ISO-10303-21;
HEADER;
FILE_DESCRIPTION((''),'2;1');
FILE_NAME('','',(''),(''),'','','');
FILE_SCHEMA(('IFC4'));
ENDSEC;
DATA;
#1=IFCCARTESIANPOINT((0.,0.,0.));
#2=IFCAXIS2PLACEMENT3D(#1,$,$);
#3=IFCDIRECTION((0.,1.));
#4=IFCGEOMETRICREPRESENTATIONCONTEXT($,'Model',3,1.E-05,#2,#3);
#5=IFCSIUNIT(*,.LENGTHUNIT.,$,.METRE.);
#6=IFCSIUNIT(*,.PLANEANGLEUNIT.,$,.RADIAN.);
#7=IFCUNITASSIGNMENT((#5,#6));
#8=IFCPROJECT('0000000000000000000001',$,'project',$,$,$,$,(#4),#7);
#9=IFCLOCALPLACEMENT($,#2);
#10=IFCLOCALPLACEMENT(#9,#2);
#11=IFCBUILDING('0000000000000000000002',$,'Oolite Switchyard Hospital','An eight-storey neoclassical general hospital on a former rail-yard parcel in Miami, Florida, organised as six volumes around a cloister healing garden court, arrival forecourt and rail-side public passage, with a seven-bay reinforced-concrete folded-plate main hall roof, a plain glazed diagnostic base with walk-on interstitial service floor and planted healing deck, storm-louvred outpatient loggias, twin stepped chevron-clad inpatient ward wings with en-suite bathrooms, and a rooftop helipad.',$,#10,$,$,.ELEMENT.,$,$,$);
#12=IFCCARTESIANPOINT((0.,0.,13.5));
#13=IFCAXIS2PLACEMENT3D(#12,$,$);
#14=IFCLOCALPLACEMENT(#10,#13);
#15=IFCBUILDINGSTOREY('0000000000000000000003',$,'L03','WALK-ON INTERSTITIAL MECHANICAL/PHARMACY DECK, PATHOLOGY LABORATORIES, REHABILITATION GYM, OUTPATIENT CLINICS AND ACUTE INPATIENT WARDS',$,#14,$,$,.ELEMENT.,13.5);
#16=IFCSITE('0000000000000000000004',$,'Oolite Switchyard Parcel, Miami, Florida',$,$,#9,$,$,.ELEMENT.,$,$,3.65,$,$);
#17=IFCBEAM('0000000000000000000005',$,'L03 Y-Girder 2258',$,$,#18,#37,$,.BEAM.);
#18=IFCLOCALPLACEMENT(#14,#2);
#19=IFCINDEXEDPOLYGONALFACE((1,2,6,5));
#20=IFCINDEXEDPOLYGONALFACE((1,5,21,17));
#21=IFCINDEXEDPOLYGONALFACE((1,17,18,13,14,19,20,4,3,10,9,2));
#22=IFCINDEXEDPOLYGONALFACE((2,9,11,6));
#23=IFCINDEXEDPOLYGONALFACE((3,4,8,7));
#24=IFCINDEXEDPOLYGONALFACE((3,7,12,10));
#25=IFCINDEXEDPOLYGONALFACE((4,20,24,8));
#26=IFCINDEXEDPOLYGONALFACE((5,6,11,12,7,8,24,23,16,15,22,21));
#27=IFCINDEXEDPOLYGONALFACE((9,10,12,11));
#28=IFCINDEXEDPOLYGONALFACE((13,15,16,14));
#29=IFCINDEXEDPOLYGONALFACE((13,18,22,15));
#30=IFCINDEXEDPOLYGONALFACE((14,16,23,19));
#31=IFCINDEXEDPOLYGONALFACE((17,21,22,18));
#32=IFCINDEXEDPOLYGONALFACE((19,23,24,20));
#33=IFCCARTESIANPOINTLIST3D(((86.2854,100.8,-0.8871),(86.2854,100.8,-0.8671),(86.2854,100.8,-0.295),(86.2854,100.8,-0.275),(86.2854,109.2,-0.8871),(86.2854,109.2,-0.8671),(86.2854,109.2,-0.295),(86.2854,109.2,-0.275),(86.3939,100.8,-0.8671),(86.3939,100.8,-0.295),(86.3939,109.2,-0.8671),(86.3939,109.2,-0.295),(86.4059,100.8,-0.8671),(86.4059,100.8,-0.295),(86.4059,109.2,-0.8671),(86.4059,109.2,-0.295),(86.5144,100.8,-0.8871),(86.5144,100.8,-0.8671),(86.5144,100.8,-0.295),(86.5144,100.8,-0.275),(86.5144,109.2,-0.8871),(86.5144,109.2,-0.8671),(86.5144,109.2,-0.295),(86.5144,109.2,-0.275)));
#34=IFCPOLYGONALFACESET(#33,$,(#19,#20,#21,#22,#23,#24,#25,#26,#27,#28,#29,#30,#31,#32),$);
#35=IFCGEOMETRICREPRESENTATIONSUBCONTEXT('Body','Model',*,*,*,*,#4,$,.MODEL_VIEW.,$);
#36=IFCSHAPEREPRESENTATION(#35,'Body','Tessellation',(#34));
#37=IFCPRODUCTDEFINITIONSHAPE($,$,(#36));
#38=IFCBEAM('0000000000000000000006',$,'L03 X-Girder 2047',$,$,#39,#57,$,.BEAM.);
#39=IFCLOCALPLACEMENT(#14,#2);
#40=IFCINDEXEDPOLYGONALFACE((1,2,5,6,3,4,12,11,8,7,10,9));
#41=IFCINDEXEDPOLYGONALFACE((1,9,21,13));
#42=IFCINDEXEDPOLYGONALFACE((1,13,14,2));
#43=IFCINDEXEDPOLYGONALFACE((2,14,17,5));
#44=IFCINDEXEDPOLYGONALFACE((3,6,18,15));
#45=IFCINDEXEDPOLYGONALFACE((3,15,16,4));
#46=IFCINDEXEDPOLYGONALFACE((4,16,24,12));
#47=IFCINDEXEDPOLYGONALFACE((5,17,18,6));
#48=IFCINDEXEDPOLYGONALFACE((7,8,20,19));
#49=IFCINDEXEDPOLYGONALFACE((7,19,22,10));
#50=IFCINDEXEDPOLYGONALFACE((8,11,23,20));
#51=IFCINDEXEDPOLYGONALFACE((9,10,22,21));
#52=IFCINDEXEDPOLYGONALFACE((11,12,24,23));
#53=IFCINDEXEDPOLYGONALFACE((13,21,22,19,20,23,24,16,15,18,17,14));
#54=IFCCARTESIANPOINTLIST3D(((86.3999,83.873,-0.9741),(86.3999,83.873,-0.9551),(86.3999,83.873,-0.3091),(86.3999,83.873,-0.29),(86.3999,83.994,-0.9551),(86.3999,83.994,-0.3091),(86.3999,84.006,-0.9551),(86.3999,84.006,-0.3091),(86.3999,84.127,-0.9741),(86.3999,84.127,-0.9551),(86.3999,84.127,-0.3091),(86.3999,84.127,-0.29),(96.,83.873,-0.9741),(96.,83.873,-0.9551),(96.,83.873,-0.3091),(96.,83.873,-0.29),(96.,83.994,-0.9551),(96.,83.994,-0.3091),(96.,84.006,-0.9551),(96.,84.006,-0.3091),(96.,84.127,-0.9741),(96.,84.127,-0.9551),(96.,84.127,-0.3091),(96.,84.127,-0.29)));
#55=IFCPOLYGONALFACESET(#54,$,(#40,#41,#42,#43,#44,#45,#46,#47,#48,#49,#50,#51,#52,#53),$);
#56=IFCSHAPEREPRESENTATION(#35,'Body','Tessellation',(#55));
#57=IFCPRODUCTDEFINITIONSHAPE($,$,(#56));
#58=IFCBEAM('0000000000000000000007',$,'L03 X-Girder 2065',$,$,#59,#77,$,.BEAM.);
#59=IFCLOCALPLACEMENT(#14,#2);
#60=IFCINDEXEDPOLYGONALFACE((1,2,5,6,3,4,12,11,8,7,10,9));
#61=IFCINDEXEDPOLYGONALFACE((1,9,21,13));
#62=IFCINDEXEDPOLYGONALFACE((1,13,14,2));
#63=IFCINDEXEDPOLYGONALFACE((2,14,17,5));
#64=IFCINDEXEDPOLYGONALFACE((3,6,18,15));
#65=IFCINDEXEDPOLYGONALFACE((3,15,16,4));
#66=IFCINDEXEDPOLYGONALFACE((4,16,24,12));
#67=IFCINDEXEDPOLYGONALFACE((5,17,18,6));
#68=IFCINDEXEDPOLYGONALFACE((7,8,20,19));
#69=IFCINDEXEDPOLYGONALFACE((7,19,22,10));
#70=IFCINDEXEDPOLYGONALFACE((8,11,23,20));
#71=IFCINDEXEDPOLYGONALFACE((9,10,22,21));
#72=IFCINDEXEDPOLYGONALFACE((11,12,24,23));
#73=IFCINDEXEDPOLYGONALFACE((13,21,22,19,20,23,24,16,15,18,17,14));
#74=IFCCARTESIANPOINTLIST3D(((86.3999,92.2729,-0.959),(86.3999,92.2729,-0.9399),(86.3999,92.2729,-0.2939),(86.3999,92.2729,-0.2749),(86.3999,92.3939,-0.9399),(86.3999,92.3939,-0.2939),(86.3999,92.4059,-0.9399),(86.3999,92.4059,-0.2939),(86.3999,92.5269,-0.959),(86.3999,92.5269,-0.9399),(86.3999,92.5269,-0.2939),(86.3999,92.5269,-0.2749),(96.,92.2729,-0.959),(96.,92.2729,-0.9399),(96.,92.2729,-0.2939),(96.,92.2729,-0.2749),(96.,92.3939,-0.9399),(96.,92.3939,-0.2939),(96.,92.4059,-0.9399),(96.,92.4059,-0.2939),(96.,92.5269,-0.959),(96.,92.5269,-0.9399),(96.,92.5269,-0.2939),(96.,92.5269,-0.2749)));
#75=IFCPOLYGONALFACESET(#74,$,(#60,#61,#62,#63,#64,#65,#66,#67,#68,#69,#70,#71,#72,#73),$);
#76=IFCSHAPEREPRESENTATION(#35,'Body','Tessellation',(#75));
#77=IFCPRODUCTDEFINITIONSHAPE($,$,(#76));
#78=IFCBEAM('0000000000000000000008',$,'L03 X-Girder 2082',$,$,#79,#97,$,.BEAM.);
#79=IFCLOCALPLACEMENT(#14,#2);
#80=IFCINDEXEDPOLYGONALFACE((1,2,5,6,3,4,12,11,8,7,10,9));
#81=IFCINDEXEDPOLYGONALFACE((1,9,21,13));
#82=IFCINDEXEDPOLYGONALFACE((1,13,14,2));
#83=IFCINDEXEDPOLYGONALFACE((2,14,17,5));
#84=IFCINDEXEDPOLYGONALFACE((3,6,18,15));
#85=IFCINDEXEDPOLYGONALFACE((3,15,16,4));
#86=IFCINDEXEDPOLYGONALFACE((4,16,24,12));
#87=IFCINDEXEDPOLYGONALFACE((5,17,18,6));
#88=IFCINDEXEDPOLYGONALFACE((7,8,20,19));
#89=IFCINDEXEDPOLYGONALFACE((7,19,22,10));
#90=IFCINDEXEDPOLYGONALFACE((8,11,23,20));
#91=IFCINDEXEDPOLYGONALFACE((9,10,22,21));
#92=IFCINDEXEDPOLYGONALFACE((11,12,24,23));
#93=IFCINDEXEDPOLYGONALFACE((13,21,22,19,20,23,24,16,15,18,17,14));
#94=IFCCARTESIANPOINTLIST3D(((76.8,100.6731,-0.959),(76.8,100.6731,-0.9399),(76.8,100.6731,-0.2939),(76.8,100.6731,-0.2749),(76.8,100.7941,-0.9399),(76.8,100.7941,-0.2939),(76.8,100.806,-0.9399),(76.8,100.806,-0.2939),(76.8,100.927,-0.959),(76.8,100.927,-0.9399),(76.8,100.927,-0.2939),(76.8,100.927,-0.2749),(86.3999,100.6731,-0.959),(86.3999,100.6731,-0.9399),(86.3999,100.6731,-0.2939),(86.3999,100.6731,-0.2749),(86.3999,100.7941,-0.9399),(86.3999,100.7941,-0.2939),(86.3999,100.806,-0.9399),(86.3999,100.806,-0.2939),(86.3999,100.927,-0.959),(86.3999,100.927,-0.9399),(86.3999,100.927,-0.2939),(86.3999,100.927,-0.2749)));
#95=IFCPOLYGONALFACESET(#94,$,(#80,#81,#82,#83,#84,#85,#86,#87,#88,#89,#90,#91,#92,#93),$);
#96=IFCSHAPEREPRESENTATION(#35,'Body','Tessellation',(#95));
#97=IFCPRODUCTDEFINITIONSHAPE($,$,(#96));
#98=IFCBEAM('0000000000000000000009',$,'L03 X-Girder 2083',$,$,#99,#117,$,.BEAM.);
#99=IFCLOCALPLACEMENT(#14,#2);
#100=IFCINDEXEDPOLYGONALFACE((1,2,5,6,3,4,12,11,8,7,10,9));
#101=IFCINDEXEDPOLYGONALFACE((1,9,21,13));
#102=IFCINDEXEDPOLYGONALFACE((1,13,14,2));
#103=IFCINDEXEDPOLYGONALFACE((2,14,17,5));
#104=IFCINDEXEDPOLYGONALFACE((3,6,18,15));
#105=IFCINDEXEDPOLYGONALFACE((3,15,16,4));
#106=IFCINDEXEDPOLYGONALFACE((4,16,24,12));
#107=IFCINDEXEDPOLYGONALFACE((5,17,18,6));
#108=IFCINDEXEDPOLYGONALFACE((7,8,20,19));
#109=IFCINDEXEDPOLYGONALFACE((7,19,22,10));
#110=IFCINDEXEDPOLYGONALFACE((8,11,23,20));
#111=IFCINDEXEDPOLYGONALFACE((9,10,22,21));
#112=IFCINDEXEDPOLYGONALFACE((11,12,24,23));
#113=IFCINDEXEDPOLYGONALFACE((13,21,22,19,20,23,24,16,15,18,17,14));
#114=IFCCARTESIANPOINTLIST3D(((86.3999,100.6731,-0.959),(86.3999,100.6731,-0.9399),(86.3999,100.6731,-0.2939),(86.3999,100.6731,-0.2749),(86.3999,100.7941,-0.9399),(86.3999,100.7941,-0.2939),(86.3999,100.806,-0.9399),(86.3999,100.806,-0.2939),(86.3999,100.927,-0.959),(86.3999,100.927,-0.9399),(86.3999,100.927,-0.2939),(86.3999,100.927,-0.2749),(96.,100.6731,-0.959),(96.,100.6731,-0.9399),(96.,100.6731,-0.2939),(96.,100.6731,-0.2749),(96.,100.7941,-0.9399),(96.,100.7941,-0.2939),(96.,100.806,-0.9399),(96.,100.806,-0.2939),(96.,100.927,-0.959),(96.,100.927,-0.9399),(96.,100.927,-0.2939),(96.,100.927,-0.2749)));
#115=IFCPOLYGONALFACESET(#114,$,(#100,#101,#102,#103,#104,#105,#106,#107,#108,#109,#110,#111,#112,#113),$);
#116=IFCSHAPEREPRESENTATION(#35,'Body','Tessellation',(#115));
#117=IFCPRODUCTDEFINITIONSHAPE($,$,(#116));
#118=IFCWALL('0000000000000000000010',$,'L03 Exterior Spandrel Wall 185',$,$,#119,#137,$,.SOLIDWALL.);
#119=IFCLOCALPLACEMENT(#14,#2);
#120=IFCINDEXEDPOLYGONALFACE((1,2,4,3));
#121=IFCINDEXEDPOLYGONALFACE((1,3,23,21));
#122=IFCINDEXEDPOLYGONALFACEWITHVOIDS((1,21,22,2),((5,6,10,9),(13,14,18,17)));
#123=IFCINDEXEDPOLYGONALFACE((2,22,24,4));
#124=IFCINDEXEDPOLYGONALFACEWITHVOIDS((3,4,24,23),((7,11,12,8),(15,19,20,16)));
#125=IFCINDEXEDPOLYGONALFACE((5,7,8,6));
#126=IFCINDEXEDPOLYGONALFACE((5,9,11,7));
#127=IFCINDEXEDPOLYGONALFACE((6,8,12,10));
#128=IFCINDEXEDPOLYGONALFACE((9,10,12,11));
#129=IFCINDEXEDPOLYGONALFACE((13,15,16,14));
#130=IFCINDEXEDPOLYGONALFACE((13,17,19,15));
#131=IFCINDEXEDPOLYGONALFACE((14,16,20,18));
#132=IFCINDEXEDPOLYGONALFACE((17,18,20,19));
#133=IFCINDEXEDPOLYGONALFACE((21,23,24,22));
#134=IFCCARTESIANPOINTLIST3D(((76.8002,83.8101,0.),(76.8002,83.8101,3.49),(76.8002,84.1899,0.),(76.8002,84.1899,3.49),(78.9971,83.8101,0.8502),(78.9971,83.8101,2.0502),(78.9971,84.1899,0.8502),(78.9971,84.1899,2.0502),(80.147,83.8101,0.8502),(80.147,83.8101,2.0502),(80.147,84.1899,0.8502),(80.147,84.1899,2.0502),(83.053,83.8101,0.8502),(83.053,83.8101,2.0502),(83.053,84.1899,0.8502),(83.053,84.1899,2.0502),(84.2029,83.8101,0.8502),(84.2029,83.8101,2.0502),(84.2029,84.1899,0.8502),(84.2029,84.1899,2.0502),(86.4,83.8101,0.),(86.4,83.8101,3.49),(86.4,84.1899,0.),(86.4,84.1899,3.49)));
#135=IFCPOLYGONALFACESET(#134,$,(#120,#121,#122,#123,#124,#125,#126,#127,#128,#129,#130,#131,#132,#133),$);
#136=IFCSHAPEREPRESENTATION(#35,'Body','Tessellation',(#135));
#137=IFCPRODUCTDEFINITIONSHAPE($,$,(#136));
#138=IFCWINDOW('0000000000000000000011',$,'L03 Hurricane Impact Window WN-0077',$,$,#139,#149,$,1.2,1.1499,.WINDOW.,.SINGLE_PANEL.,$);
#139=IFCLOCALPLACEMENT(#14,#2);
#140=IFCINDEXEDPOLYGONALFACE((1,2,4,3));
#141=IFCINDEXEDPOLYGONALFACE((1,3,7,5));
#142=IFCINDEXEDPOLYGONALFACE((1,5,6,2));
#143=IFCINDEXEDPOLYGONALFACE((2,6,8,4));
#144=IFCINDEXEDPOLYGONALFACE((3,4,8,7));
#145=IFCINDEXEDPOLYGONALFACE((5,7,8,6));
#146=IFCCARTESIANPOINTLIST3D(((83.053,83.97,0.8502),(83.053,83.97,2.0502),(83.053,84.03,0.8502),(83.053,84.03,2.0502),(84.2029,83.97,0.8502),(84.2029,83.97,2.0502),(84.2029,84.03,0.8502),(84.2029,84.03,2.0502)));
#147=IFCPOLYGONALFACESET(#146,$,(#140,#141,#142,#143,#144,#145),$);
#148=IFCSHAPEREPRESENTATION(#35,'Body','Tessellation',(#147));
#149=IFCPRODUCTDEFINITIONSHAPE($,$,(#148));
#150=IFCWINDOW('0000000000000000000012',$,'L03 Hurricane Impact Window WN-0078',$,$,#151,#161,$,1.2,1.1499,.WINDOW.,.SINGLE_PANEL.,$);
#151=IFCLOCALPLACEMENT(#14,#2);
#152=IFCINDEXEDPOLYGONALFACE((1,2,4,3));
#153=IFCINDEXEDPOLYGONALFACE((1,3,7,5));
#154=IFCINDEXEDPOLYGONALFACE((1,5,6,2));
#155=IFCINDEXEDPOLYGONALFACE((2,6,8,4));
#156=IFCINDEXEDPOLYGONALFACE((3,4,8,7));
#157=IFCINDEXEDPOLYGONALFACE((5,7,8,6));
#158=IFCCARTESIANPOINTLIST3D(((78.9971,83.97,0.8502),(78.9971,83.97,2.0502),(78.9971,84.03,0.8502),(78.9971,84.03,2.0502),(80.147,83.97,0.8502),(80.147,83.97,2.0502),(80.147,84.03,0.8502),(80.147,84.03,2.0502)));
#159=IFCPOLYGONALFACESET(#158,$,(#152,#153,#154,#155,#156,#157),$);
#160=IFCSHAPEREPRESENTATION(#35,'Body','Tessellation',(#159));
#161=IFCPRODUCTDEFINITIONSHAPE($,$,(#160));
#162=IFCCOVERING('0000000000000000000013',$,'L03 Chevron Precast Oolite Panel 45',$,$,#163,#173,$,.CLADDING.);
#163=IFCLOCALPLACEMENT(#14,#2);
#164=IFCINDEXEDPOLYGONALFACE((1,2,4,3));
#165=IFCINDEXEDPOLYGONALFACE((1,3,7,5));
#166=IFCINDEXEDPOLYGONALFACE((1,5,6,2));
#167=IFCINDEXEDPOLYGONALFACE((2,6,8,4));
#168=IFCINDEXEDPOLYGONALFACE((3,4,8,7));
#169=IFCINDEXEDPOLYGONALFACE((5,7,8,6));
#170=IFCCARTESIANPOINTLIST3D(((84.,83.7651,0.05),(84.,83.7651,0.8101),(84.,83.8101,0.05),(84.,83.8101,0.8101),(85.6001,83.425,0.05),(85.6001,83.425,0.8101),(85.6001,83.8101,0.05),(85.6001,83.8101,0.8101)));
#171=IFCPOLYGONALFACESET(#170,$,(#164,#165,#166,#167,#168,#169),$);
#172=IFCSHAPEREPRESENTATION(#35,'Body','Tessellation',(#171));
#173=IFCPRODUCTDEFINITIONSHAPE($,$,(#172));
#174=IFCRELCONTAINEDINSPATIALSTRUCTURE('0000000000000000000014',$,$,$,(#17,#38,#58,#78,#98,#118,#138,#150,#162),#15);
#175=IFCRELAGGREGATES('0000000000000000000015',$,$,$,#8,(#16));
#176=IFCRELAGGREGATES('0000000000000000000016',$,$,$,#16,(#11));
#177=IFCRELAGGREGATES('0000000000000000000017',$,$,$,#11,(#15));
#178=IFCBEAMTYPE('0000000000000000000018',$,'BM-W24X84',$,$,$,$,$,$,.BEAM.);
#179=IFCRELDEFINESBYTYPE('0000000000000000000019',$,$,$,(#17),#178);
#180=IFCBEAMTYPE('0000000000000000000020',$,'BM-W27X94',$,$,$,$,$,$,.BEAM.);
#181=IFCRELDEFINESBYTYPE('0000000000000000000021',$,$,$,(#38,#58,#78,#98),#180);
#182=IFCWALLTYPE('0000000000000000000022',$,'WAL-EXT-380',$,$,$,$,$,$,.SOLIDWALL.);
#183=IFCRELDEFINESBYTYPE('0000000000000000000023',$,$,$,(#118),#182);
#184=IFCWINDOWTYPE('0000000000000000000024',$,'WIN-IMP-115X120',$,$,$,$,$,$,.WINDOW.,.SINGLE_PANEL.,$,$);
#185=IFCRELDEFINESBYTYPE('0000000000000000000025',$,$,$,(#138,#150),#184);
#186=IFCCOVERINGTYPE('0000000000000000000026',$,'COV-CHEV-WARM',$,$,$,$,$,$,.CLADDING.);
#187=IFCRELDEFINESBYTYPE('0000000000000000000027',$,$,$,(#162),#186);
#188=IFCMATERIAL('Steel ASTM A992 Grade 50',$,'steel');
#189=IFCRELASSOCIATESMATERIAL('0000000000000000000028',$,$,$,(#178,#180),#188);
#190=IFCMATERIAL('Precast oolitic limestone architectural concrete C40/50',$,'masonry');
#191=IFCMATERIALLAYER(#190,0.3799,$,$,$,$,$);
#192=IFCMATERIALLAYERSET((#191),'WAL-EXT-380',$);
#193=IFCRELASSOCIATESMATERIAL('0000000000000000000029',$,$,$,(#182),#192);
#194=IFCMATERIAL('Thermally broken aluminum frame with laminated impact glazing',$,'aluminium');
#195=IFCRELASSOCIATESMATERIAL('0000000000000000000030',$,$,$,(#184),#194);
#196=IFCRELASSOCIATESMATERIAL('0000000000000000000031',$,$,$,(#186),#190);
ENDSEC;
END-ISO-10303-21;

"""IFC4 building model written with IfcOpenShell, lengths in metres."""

from ifc_helpers import new_model, si_unit, direction, frame, frame_2d, origin, origin_2d, place, context, subcontext, project, spatial, polyline, rectangle, i_section, outline, extrude, material, layer, layer_set, material_profile, profile_set, type_object, element, fill, save


model = new_model("IFC4")

# Units and contexts
model_context = context("Model", 3, precision=1e-05, world=origin(), true_north=direction((0.0, 1.0)))
body_context = subcontext(model_context, "Body", "Model", "MODEL_VIEW")
ifc_project = project(units=[si_unit("LENGTHUNIT", "METRE"), si_unit("PLANEANGLEUNIT", "RADIAN")], contexts=[model_context])

# Site, building, storey
site_placement = place(None, origin())
site = spatial("IfcSite", under=ifc_project, at=site_placement, Name="Oolite Switchyard Parcel, Miami, Florida", CompositionType="ELEMENT", RefElevation=3.65)
building_placement = place(site_placement, origin())
building = spatial("IfcBuilding", under=site, at=building_placement, Name="Oolite Switchyard Hospital", Description="An eight-storey neoclassical general hospital on a former rail-yard parcel in Miami, Florida, organised as six volumes around a cloister healing garden court, arrival forecourt and rail-side public passage, with a seven-bay reinforced-concrete folded-plate main hall roof, a plain glazed diagnostic base with walk-on interstitial service floor and planted healing deck, storm-louvred outpatient loggias, twin stepped chevron-clad inpatient ward wings with en-suite bathrooms, and a rooftop helipad.", CompositionType="ELEMENT")
storey_placement = place(building_placement, frame((0.0, 0.0, 13.5)))
storey = spatial("IfcBuildingStorey", under=building, at=storey_placement, Name="L03", Description="WALK-ON INTERSTITIAL MECHANICAL/PHARMACY DECK, PATHOLOGY LABORATORIES, REHABILITATION GYM, OUTPATIENT CLINICS AND ACUTE INPATIENT WARDS", CompositionType="ELEMENT", Elevation=13.5)

# Beams
ifc_material_1 = material(Name="Steel ASTM A992 Grade 50", Category="steel")
ifc_material_profile_1 = material_profile(ifc_material_1, i_section(OverallWidth=0.229, OverallDepth=0.6121, WebThickness=0.012, FlangeThickness=0.02, at=origin_2d()), Name="W24X84")
ifc_profile_set_1 = profile_set([ifc_material_profile_1], Name="Steel ASTM A992 Grade 50")
beam_type_1 = type_object("IfcBeamType", Name="BM-W24X84", PredefinedType="BEAM", material=ifc_profile_set_1)
beam_1_placement = place(storey_placement, frame((86.3999, 100.8, -0.5811), z_axis=(0.0, 1.0, 0.0), x_axis=(-1.0, 0.0, 0.0)))
element("IfcBeam", 1, at=beam_1_placement, inside=storey, type_object=beam_type_1, Name="L03 Y-Girder 2258", PredefinedType="BEAM", context=body_context, shape_type="SweptSolid", body=[
    extrude(i_section(OverallWidth=0.229, OverallDepth=0.6121, WebThickness=0.012, FlangeThickness=0.02, at=origin_2d()), origin(), (0.0, 0.0, 1.0), 8.3999),
])
ifc_material_profile_2 = material_profile(ifc_material_1, i_section(OverallWidth=0.2539, OverallDepth=0.6841, WebThickness=0.012, FlangeThickness=0.019, at=origin_2d()), Name="W27X94")
ifc_profile_set_2 = profile_set([ifc_material_profile_2], Name="Steel ASTM A992 Grade 50")
beam_type_2 = type_object("IfcBeamType", Name="BM-W27X94", PredefinedType="BEAM", material=ifc_profile_set_2)
for number, where, z_axis, x_axis, name in (
    (2, (86.3999, 84.0, -0.6321), (1.0, 0.0, 0.0), (0.0, 1.0, 0.0), "L03 X-Girder 2047"),
    (3, (86.3999, 92.3999, -0.6169), (1.0, 0.0, 0.0), (0.0, 1.0, 0.0), "L03 X-Girder 2065"),
):
    element("IfcBeam", number, at=place(storey_placement, frame(where, z_axis=z_axis, x_axis=x_axis)), inside=storey, type_object=beam_type_2, Name=name, PredefinedType="BEAM", context=body_context, shape_type="SweptSolid", body=[
        extrude(i_section(OverallWidth=0.2539, OverallDepth=0.6841, WebThickness=0.012, FlangeThickness=0.019, at=origin_2d()), origin(), (0.0, 0.0, 1.0), 9.6001),
    ])
beam_2_placement = place(storey_placement, frame((76.8, 100.8, -0.6169), z_axis=(1.0, 0.0, 0.0), x_axis=(0.0, 1.0, 0.0)))
element("IfcBeam", 4, at=beam_2_placement, inside=storey, type_object=beam_type_2, Name="L03 X-Girder 2082", PredefinedType="BEAM", context=body_context, shape_type="SweptSolid", body=[
    extrude(i_section(OverallWidth=0.2539, OverallDepth=0.6841, WebThickness=0.012, FlangeThickness=0.019, at=origin_2d()), origin(), (0.0, 0.0, 1.0), 9.5999),
])
beam_3_placement = place(storey_placement, frame((86.3999, 100.8, -0.6169), z_axis=(1.0, 0.0, 0.0), x_axis=(0.0, 1.0, 0.0)))
element("IfcBeam", 5, at=beam_3_placement, inside=storey, type_object=beam_type_2, Name="L03 X-Girder 2083", PredefinedType="BEAM", context=body_context, shape_type="SweptSolid", body=[
    extrude(i_section(OverallWidth=0.2539, OverallDepth=0.6841, WebThickness=0.012, FlangeThickness=0.019, at=origin_2d()), origin(), (0.0, 0.0, 1.0), 9.6001),
])

# Wall, openings, windows
ifc_material_2 = material(Name="Precast oolitic limestone architectural concrete C40/50", Category="masonry")
ifc_layer = layer(ifc_material_2, 0.3799)
ifc_layer_set = layer_set([ifc_layer], Name="WAL-EXT-380")
wall_type = type_object("IfcWallType", Name="WAL-EXT-380", PredefinedType="SOLIDWALL", material=ifc_layer_set)
wall_placement = place(storey_placement, frame((86.3999, 84.0, 0.0), z_axis=(0.0, 0.0, 1.0), x_axis=(-1.0, 0.0, 0.0)))
wall = element("IfcWall", 6, at=wall_placement, inside=storey, type_object=wall_type, Name="L03 Exterior Spandrel Wall 185", PredefinedType="SOLIDWALL", context=body_context, shape_type="SweptSolid", body=[
    extrude(rectangle(XDim=9.5999, YDim=0.3799, at=frame_2d((4.7998, 0.0))), origin(), (0.0, 0.0, 1.0), 3.49),
])
opening_1_placement = place(wall_placement, frame((2.197, 0.0, 0.8501)))
opening_1 = element("IfcOpeningElement", 7, at=opening_1_placement, cuts=wall, PredefinedType="OPENING", context=body_context, shape_type="SweptSolid", body=[
    extrude(rectangle(XDim=1.1499, YDim=1.2, at=frame_2d((0.575, 0.6001))), frame((0.0, 0.2, 0.0), z_axis=(0.0, -1.0, 0.0), x_axis=(1.0, 0.0, 0.0)), (0.0, 0.0, 1.0), 0.3999),
])
opening_2_placement = place(wall_placement, frame((6.2529, 0.0, 0.8501)))
opening_2 = element("IfcOpeningElement", 8, at=opening_2_placement, cuts=wall, PredefinedType="OPENING", context=body_context, shape_type="SweptSolid", body=[
    extrude(rectangle(XDim=1.1499, YDim=1.2, at=frame_2d((0.575, 0.6001))), frame((0.0, 0.2, 0.0), z_axis=(0.0, -1.0, 0.0), x_axis=(1.0, 0.0, 0.0)), (0.0, 0.0, 1.0), 0.3999),
])
ifc_material_3 = material(Name="Thermally broken aluminum frame with laminated impact glazing", Category="aluminium")
window_type = type_object("IfcWindowType", Name="WIN-IMP-115X120", PartitioningType="SINGLE_PANEL", PredefinedType="WINDOW", material=ifc_material_3)
window_1_placement = place(opening_1_placement, origin())
window_1 = element("IfcWindow", 9, at=window_1_placement, inside=storey, type_object=window_type, Name="L03 Hurricane Impact Window WN-0077", OverallHeight=1.2, OverallWidth=1.1499, PartitioningType="SINGLE_PANEL", PredefinedType="WINDOW", context=body_context, shape_type="SweptSolid", body=[
    extrude(rectangle(XDim=1.1499, YDim=1.2, at=frame_2d((0.575, 0.6001))), frame((0.0, 0.03, 0.0), z_axis=(0.0, -1.0, 0.0), x_axis=(1.0, 0.0, 0.0)), (0.0, 0.0, 1.0), 0.0601),
])
fill(opening_1, window_1)
window_2_placement = place(opening_2_placement, origin())
window_2 = element("IfcWindow", 10, at=window_2_placement, inside=storey, type_object=window_type, Name="L03 Hurricane Impact Window WN-0078", OverallHeight=1.2, OverallWidth=1.1499, PartitioningType="SINGLE_PANEL", PredefinedType="WINDOW", context=body_context, shape_type="SweptSolid", body=[
    extrude(rectangle(XDim=1.1499, YDim=1.2, at=frame_2d((0.575, 0.6001))), frame((0.0, 0.03, 0.0), z_axis=(0.0, -1.0, 0.0), x_axis=(1.0, 0.0, 0.0)), (0.0, 0.0, 1.0), 0.0601),
])
fill(opening_2, window_2)

# Covering
covering_type = type_object("IfcCoveringType", Name="COV-CHEV-WARM", PredefinedType="CLADDING", material=ifc_material_2)
covering_1_placement = place(storey_placement, frame((85.6001, 83.8101, 0.05), z_axis=(0.0, 0.0, 1.0), x_axis=(-1.0, 0.0, 0.0)))
element("IfcCovering", 11, at=covering_1_placement, inside=storey, type_object=covering_type, Name="L03 Chevron Precast Oolite Panel 45", PredefinedType="CLADDING", context=body_context, shape_type="SweptSolid", body=[
    extrude(outline(polyline([(0.0, 0.0), (1.6001, 0.0), (1.6001, 0.0449), (0.0, 0.385), (0.0, 0.0)])), origin(), (0.0, 0.0, 1.0), 0.76),
])

save(model, "model.ifc")
